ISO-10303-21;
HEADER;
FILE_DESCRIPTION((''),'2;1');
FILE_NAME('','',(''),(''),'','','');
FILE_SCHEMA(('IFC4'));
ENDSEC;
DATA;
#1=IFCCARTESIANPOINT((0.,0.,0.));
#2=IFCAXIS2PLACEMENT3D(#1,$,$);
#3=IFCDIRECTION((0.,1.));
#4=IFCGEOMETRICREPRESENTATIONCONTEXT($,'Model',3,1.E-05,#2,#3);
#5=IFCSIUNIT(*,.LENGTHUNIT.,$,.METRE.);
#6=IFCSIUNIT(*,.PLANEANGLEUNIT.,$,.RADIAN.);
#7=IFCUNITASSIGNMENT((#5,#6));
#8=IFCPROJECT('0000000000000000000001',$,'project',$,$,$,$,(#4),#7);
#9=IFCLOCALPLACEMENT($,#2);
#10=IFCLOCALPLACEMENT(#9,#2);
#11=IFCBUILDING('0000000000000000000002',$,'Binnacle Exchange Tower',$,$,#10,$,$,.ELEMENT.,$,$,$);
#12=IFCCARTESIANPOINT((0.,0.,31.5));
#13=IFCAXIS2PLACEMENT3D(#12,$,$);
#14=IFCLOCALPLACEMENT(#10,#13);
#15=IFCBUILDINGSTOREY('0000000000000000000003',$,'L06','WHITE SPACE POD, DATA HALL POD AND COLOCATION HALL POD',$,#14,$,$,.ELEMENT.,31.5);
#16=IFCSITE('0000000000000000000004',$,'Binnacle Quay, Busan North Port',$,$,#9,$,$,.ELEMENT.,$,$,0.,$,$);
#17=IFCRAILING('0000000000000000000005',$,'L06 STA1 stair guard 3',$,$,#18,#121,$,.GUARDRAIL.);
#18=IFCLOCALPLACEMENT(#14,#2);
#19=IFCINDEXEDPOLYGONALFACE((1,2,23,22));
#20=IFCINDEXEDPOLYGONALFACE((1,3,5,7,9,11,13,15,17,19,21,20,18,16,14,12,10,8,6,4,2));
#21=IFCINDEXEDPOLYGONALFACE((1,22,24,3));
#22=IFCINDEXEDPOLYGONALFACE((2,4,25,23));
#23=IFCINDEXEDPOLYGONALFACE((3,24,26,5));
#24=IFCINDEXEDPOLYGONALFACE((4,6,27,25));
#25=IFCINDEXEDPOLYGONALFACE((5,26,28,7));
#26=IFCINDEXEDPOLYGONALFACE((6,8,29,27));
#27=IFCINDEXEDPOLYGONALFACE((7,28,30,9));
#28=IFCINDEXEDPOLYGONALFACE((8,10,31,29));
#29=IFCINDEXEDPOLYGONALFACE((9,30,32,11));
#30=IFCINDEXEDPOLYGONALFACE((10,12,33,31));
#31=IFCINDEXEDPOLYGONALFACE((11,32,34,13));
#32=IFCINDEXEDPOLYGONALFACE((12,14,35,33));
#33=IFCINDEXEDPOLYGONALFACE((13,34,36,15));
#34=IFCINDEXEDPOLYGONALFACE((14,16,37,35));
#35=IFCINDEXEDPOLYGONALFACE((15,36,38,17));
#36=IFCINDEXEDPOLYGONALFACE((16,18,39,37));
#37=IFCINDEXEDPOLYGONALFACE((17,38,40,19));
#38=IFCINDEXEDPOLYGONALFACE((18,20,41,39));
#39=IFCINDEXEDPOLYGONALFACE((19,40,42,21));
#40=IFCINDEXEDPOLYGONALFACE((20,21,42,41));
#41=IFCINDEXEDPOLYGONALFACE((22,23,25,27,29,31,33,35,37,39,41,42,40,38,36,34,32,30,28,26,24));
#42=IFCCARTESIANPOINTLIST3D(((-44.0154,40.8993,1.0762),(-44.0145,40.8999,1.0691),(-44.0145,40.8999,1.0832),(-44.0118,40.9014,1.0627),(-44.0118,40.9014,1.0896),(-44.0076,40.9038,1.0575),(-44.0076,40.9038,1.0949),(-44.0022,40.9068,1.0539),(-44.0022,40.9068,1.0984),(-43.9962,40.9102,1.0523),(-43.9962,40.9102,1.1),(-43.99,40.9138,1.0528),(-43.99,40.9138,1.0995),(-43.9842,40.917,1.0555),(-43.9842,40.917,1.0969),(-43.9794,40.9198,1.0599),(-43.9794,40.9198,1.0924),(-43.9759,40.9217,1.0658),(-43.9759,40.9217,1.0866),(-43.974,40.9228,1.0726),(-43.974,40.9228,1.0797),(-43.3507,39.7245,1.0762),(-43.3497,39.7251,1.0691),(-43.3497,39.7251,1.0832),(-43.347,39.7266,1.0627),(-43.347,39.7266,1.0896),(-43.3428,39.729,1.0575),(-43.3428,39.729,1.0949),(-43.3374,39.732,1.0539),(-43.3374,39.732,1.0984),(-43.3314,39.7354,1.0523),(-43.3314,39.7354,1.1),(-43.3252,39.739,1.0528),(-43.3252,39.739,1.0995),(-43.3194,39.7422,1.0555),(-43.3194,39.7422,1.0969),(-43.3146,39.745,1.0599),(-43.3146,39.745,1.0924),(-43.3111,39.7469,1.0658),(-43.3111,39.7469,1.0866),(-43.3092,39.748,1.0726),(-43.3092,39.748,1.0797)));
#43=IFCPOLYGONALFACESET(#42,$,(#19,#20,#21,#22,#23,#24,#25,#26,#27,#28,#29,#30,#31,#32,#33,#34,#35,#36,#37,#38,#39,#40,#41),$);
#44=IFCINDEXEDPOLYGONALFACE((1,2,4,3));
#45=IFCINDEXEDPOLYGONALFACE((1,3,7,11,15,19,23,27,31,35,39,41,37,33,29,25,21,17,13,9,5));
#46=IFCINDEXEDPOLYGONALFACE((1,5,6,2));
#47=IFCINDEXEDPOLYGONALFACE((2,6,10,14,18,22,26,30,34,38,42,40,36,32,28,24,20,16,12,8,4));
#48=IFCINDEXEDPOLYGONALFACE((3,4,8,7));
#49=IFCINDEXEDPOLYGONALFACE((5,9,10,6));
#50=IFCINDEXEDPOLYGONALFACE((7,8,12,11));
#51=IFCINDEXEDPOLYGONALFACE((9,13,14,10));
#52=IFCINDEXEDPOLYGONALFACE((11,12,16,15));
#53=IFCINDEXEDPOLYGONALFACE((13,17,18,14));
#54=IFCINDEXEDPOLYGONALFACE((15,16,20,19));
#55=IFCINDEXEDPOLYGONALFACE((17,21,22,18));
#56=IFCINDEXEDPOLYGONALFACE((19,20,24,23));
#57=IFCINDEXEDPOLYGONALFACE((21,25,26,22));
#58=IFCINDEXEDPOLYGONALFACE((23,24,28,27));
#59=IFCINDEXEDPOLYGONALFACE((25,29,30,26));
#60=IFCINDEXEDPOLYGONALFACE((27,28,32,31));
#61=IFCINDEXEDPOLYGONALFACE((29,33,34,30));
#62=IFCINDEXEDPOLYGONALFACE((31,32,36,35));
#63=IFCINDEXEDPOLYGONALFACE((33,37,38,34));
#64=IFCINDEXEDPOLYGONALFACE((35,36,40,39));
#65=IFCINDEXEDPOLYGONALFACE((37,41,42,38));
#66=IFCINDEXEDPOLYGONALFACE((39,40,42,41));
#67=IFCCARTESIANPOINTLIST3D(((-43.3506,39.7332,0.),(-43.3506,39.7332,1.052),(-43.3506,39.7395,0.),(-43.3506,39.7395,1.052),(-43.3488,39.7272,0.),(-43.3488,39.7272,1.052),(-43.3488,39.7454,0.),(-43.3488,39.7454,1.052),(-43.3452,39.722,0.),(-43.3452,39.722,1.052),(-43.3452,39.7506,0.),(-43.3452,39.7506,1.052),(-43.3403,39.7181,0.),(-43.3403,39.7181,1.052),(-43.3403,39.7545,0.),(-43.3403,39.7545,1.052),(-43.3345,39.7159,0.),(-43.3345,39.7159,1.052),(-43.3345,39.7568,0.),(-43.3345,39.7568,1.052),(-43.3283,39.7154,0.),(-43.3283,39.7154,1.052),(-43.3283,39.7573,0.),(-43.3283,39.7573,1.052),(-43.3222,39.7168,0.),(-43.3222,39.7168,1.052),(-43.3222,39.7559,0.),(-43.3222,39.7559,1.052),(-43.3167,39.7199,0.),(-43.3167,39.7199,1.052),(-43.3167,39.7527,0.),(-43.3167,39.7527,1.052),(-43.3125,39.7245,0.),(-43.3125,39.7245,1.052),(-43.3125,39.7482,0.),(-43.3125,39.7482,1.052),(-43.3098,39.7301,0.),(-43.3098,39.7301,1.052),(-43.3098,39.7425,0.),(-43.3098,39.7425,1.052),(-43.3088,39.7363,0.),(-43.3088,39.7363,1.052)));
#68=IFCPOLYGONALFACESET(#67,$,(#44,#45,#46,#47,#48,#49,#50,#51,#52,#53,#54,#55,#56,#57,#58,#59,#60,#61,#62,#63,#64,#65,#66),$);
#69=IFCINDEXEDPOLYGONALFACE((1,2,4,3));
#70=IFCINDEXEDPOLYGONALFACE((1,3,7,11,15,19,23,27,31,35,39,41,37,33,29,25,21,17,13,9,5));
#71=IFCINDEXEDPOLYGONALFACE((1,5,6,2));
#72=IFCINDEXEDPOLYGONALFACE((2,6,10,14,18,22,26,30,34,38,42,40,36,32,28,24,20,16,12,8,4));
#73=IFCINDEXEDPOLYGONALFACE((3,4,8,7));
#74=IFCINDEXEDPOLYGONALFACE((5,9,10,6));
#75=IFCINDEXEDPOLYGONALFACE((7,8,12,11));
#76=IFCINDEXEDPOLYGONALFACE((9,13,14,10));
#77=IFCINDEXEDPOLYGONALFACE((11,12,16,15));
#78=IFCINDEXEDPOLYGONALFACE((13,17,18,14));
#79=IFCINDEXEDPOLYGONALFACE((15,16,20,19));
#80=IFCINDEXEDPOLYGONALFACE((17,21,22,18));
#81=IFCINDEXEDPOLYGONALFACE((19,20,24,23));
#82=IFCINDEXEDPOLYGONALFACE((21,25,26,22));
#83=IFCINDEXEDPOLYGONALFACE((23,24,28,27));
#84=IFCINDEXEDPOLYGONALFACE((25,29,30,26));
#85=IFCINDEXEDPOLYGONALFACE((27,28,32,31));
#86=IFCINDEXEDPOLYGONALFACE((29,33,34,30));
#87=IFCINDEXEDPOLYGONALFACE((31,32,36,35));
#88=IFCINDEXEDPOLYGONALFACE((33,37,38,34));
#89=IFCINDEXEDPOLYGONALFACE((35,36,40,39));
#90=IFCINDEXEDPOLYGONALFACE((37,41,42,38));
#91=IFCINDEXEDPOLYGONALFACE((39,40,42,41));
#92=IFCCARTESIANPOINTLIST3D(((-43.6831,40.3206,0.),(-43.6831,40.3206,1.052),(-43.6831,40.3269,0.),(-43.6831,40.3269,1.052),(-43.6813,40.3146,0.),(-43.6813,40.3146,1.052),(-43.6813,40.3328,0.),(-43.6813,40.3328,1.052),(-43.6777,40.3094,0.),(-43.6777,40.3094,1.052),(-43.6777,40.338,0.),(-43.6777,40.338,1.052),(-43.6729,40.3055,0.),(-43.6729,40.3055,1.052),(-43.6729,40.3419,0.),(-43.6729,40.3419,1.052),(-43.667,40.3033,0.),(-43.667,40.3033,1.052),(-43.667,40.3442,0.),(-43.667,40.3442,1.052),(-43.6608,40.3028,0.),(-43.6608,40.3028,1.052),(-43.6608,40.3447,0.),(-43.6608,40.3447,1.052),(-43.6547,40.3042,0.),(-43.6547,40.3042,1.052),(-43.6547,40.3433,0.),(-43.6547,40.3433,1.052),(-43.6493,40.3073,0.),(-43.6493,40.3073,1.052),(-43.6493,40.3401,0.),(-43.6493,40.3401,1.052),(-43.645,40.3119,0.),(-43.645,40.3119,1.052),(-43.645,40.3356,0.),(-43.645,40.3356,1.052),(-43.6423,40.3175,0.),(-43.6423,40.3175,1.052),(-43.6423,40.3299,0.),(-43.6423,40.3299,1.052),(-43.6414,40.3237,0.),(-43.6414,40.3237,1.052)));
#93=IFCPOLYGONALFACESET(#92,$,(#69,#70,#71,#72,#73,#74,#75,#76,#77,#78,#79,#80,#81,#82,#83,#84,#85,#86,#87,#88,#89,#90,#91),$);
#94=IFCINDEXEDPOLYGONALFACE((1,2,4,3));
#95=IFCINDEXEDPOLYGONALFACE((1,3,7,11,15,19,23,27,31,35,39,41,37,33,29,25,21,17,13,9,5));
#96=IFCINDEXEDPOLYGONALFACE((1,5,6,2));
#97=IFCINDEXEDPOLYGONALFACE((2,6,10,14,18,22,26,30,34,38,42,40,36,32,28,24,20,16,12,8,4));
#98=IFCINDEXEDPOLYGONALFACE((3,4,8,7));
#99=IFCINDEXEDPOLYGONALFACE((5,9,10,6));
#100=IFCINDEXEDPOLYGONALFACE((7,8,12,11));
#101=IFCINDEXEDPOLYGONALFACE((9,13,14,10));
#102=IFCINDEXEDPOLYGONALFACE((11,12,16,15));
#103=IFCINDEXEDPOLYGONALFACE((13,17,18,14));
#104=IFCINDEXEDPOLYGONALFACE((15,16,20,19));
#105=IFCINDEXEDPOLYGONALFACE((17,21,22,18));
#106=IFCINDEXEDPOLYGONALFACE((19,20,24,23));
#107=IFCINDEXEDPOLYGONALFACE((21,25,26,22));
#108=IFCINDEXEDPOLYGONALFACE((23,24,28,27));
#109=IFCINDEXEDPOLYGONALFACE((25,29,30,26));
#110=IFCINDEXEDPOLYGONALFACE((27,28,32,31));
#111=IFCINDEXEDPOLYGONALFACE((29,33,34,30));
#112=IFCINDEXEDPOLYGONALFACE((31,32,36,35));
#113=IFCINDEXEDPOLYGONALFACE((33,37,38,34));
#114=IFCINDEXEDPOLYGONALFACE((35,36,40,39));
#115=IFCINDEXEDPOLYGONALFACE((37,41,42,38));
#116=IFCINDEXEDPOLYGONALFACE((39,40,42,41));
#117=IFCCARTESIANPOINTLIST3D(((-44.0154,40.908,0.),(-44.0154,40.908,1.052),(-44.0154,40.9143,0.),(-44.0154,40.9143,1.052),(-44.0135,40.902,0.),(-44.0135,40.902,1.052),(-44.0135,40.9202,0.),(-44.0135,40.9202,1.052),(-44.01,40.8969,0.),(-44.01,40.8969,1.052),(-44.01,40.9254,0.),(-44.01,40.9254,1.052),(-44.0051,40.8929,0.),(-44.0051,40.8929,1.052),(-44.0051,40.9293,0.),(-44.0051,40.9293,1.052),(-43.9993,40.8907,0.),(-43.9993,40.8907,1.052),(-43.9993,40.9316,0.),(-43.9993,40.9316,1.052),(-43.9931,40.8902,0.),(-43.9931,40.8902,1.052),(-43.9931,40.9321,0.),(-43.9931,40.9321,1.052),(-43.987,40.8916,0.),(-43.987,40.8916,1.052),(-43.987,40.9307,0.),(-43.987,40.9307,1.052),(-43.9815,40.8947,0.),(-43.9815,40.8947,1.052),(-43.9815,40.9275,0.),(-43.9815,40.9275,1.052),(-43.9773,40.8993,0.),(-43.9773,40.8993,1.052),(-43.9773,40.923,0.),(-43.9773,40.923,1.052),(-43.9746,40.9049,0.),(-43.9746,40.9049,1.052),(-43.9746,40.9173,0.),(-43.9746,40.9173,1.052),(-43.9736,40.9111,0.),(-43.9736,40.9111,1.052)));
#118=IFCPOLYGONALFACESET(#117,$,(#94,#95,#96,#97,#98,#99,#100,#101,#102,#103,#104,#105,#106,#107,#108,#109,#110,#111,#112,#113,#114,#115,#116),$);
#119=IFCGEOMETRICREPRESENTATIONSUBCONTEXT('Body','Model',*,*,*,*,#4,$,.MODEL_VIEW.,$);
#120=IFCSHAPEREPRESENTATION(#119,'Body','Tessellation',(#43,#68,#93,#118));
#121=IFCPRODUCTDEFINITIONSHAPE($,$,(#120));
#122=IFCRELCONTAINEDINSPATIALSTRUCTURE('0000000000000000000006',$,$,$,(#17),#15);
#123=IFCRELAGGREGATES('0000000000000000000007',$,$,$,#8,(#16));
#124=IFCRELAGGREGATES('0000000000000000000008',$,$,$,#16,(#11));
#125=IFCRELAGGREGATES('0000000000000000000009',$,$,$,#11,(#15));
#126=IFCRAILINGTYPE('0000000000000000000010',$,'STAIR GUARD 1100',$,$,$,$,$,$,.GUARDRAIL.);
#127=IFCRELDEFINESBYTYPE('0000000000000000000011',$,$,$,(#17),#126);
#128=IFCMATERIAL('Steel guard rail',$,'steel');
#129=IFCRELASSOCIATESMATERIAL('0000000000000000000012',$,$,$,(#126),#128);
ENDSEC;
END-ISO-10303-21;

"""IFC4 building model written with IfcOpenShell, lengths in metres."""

from ifc_helpers import new_model, si_unit, direction, frame, origin, origin_2d, place, context, subcontext, project, spatial, circle, extrude, material, type_object, element, save


model = new_model("IFC4")

# Units and contexts
model_context = context("Model", 3, precision=1e-05, world=origin(), true_north=direction((0.0, 1.0)))
body_context = subcontext(model_context, "Body", "Model", "MODEL_VIEW")
ifc_project = project(units=[si_unit("LENGTHUNIT", "METRE"), si_unit("PLANEANGLEUNIT", "RADIAN")], contexts=[model_context])

# Site, building, storey
site_placement = place(None, origin())
site = spatial("IfcSite", under=ifc_project, at=site_placement, Name="Binnacle Quay, Busan North Port", CompositionType="ELEMENT", RefElevation=0.0)
building_placement = place(site_placement, origin())
building = spatial("IfcBuilding", under=site, at=building_placement, Name="Binnacle Exchange Tower", CompositionType="ELEMENT")
storey_placement = place(building_placement, frame((0.0, 0.0, 31.5)))
storey = spatial("IfcBuildingStorey", under=building, at=storey_placement, Name="L06", Description="WHITE SPACE POD, DATA HALL POD AND COLOCATION HALL POD", CompositionType="ELEMENT", Elevation=31.5)

# Railing
ifc_material_1 = material(Name="Steel guard rail", Category="steel")
railing_type_1 = type_object("IfcRailingType", Name="STAIR GUARD 1100", PredefinedType="GUARDRAIL", material=ifc_material_1)
railing_1_placement = place(storey_placement, frame((-43.3298, 39.7363, 0.0)))
element("IfcRailing", 1, at=railing_1_placement, inside=storey, type_object=railing_type_1, Name="L06 STA1 stair guard 3", PredefinedType="GUARDRAIL", context=body_context, shape_type="SweptSolid", body=[
    extrude(circle(Radius=0.0239, at=origin_2d()), frame((0.0, 0.0, 1.0762), z_axis=(-0.492492, 0.870317, 0.0), x_axis=(-0.870317, -0.492492, 0.0)), (0.0, 0.0, 1.0), 1.3499),
    extrude(circle(Radius=0.021, at=origin_2d()), origin(), (0.0, 0.0, 1.0), 1.052),
    extrude(circle(Radius=0.021, at=origin_2d()), frame((-0.3325, 0.5874, 0.0)), (0.0, 0.0, 1.0), 1.052),
    extrude(circle(Radius=0.021, at=origin_2d()), frame((-0.6648, 1.1748, 0.0)), (0.0, 0.0, 1.0), 1.052),
])

save(model, "model.ifc")
